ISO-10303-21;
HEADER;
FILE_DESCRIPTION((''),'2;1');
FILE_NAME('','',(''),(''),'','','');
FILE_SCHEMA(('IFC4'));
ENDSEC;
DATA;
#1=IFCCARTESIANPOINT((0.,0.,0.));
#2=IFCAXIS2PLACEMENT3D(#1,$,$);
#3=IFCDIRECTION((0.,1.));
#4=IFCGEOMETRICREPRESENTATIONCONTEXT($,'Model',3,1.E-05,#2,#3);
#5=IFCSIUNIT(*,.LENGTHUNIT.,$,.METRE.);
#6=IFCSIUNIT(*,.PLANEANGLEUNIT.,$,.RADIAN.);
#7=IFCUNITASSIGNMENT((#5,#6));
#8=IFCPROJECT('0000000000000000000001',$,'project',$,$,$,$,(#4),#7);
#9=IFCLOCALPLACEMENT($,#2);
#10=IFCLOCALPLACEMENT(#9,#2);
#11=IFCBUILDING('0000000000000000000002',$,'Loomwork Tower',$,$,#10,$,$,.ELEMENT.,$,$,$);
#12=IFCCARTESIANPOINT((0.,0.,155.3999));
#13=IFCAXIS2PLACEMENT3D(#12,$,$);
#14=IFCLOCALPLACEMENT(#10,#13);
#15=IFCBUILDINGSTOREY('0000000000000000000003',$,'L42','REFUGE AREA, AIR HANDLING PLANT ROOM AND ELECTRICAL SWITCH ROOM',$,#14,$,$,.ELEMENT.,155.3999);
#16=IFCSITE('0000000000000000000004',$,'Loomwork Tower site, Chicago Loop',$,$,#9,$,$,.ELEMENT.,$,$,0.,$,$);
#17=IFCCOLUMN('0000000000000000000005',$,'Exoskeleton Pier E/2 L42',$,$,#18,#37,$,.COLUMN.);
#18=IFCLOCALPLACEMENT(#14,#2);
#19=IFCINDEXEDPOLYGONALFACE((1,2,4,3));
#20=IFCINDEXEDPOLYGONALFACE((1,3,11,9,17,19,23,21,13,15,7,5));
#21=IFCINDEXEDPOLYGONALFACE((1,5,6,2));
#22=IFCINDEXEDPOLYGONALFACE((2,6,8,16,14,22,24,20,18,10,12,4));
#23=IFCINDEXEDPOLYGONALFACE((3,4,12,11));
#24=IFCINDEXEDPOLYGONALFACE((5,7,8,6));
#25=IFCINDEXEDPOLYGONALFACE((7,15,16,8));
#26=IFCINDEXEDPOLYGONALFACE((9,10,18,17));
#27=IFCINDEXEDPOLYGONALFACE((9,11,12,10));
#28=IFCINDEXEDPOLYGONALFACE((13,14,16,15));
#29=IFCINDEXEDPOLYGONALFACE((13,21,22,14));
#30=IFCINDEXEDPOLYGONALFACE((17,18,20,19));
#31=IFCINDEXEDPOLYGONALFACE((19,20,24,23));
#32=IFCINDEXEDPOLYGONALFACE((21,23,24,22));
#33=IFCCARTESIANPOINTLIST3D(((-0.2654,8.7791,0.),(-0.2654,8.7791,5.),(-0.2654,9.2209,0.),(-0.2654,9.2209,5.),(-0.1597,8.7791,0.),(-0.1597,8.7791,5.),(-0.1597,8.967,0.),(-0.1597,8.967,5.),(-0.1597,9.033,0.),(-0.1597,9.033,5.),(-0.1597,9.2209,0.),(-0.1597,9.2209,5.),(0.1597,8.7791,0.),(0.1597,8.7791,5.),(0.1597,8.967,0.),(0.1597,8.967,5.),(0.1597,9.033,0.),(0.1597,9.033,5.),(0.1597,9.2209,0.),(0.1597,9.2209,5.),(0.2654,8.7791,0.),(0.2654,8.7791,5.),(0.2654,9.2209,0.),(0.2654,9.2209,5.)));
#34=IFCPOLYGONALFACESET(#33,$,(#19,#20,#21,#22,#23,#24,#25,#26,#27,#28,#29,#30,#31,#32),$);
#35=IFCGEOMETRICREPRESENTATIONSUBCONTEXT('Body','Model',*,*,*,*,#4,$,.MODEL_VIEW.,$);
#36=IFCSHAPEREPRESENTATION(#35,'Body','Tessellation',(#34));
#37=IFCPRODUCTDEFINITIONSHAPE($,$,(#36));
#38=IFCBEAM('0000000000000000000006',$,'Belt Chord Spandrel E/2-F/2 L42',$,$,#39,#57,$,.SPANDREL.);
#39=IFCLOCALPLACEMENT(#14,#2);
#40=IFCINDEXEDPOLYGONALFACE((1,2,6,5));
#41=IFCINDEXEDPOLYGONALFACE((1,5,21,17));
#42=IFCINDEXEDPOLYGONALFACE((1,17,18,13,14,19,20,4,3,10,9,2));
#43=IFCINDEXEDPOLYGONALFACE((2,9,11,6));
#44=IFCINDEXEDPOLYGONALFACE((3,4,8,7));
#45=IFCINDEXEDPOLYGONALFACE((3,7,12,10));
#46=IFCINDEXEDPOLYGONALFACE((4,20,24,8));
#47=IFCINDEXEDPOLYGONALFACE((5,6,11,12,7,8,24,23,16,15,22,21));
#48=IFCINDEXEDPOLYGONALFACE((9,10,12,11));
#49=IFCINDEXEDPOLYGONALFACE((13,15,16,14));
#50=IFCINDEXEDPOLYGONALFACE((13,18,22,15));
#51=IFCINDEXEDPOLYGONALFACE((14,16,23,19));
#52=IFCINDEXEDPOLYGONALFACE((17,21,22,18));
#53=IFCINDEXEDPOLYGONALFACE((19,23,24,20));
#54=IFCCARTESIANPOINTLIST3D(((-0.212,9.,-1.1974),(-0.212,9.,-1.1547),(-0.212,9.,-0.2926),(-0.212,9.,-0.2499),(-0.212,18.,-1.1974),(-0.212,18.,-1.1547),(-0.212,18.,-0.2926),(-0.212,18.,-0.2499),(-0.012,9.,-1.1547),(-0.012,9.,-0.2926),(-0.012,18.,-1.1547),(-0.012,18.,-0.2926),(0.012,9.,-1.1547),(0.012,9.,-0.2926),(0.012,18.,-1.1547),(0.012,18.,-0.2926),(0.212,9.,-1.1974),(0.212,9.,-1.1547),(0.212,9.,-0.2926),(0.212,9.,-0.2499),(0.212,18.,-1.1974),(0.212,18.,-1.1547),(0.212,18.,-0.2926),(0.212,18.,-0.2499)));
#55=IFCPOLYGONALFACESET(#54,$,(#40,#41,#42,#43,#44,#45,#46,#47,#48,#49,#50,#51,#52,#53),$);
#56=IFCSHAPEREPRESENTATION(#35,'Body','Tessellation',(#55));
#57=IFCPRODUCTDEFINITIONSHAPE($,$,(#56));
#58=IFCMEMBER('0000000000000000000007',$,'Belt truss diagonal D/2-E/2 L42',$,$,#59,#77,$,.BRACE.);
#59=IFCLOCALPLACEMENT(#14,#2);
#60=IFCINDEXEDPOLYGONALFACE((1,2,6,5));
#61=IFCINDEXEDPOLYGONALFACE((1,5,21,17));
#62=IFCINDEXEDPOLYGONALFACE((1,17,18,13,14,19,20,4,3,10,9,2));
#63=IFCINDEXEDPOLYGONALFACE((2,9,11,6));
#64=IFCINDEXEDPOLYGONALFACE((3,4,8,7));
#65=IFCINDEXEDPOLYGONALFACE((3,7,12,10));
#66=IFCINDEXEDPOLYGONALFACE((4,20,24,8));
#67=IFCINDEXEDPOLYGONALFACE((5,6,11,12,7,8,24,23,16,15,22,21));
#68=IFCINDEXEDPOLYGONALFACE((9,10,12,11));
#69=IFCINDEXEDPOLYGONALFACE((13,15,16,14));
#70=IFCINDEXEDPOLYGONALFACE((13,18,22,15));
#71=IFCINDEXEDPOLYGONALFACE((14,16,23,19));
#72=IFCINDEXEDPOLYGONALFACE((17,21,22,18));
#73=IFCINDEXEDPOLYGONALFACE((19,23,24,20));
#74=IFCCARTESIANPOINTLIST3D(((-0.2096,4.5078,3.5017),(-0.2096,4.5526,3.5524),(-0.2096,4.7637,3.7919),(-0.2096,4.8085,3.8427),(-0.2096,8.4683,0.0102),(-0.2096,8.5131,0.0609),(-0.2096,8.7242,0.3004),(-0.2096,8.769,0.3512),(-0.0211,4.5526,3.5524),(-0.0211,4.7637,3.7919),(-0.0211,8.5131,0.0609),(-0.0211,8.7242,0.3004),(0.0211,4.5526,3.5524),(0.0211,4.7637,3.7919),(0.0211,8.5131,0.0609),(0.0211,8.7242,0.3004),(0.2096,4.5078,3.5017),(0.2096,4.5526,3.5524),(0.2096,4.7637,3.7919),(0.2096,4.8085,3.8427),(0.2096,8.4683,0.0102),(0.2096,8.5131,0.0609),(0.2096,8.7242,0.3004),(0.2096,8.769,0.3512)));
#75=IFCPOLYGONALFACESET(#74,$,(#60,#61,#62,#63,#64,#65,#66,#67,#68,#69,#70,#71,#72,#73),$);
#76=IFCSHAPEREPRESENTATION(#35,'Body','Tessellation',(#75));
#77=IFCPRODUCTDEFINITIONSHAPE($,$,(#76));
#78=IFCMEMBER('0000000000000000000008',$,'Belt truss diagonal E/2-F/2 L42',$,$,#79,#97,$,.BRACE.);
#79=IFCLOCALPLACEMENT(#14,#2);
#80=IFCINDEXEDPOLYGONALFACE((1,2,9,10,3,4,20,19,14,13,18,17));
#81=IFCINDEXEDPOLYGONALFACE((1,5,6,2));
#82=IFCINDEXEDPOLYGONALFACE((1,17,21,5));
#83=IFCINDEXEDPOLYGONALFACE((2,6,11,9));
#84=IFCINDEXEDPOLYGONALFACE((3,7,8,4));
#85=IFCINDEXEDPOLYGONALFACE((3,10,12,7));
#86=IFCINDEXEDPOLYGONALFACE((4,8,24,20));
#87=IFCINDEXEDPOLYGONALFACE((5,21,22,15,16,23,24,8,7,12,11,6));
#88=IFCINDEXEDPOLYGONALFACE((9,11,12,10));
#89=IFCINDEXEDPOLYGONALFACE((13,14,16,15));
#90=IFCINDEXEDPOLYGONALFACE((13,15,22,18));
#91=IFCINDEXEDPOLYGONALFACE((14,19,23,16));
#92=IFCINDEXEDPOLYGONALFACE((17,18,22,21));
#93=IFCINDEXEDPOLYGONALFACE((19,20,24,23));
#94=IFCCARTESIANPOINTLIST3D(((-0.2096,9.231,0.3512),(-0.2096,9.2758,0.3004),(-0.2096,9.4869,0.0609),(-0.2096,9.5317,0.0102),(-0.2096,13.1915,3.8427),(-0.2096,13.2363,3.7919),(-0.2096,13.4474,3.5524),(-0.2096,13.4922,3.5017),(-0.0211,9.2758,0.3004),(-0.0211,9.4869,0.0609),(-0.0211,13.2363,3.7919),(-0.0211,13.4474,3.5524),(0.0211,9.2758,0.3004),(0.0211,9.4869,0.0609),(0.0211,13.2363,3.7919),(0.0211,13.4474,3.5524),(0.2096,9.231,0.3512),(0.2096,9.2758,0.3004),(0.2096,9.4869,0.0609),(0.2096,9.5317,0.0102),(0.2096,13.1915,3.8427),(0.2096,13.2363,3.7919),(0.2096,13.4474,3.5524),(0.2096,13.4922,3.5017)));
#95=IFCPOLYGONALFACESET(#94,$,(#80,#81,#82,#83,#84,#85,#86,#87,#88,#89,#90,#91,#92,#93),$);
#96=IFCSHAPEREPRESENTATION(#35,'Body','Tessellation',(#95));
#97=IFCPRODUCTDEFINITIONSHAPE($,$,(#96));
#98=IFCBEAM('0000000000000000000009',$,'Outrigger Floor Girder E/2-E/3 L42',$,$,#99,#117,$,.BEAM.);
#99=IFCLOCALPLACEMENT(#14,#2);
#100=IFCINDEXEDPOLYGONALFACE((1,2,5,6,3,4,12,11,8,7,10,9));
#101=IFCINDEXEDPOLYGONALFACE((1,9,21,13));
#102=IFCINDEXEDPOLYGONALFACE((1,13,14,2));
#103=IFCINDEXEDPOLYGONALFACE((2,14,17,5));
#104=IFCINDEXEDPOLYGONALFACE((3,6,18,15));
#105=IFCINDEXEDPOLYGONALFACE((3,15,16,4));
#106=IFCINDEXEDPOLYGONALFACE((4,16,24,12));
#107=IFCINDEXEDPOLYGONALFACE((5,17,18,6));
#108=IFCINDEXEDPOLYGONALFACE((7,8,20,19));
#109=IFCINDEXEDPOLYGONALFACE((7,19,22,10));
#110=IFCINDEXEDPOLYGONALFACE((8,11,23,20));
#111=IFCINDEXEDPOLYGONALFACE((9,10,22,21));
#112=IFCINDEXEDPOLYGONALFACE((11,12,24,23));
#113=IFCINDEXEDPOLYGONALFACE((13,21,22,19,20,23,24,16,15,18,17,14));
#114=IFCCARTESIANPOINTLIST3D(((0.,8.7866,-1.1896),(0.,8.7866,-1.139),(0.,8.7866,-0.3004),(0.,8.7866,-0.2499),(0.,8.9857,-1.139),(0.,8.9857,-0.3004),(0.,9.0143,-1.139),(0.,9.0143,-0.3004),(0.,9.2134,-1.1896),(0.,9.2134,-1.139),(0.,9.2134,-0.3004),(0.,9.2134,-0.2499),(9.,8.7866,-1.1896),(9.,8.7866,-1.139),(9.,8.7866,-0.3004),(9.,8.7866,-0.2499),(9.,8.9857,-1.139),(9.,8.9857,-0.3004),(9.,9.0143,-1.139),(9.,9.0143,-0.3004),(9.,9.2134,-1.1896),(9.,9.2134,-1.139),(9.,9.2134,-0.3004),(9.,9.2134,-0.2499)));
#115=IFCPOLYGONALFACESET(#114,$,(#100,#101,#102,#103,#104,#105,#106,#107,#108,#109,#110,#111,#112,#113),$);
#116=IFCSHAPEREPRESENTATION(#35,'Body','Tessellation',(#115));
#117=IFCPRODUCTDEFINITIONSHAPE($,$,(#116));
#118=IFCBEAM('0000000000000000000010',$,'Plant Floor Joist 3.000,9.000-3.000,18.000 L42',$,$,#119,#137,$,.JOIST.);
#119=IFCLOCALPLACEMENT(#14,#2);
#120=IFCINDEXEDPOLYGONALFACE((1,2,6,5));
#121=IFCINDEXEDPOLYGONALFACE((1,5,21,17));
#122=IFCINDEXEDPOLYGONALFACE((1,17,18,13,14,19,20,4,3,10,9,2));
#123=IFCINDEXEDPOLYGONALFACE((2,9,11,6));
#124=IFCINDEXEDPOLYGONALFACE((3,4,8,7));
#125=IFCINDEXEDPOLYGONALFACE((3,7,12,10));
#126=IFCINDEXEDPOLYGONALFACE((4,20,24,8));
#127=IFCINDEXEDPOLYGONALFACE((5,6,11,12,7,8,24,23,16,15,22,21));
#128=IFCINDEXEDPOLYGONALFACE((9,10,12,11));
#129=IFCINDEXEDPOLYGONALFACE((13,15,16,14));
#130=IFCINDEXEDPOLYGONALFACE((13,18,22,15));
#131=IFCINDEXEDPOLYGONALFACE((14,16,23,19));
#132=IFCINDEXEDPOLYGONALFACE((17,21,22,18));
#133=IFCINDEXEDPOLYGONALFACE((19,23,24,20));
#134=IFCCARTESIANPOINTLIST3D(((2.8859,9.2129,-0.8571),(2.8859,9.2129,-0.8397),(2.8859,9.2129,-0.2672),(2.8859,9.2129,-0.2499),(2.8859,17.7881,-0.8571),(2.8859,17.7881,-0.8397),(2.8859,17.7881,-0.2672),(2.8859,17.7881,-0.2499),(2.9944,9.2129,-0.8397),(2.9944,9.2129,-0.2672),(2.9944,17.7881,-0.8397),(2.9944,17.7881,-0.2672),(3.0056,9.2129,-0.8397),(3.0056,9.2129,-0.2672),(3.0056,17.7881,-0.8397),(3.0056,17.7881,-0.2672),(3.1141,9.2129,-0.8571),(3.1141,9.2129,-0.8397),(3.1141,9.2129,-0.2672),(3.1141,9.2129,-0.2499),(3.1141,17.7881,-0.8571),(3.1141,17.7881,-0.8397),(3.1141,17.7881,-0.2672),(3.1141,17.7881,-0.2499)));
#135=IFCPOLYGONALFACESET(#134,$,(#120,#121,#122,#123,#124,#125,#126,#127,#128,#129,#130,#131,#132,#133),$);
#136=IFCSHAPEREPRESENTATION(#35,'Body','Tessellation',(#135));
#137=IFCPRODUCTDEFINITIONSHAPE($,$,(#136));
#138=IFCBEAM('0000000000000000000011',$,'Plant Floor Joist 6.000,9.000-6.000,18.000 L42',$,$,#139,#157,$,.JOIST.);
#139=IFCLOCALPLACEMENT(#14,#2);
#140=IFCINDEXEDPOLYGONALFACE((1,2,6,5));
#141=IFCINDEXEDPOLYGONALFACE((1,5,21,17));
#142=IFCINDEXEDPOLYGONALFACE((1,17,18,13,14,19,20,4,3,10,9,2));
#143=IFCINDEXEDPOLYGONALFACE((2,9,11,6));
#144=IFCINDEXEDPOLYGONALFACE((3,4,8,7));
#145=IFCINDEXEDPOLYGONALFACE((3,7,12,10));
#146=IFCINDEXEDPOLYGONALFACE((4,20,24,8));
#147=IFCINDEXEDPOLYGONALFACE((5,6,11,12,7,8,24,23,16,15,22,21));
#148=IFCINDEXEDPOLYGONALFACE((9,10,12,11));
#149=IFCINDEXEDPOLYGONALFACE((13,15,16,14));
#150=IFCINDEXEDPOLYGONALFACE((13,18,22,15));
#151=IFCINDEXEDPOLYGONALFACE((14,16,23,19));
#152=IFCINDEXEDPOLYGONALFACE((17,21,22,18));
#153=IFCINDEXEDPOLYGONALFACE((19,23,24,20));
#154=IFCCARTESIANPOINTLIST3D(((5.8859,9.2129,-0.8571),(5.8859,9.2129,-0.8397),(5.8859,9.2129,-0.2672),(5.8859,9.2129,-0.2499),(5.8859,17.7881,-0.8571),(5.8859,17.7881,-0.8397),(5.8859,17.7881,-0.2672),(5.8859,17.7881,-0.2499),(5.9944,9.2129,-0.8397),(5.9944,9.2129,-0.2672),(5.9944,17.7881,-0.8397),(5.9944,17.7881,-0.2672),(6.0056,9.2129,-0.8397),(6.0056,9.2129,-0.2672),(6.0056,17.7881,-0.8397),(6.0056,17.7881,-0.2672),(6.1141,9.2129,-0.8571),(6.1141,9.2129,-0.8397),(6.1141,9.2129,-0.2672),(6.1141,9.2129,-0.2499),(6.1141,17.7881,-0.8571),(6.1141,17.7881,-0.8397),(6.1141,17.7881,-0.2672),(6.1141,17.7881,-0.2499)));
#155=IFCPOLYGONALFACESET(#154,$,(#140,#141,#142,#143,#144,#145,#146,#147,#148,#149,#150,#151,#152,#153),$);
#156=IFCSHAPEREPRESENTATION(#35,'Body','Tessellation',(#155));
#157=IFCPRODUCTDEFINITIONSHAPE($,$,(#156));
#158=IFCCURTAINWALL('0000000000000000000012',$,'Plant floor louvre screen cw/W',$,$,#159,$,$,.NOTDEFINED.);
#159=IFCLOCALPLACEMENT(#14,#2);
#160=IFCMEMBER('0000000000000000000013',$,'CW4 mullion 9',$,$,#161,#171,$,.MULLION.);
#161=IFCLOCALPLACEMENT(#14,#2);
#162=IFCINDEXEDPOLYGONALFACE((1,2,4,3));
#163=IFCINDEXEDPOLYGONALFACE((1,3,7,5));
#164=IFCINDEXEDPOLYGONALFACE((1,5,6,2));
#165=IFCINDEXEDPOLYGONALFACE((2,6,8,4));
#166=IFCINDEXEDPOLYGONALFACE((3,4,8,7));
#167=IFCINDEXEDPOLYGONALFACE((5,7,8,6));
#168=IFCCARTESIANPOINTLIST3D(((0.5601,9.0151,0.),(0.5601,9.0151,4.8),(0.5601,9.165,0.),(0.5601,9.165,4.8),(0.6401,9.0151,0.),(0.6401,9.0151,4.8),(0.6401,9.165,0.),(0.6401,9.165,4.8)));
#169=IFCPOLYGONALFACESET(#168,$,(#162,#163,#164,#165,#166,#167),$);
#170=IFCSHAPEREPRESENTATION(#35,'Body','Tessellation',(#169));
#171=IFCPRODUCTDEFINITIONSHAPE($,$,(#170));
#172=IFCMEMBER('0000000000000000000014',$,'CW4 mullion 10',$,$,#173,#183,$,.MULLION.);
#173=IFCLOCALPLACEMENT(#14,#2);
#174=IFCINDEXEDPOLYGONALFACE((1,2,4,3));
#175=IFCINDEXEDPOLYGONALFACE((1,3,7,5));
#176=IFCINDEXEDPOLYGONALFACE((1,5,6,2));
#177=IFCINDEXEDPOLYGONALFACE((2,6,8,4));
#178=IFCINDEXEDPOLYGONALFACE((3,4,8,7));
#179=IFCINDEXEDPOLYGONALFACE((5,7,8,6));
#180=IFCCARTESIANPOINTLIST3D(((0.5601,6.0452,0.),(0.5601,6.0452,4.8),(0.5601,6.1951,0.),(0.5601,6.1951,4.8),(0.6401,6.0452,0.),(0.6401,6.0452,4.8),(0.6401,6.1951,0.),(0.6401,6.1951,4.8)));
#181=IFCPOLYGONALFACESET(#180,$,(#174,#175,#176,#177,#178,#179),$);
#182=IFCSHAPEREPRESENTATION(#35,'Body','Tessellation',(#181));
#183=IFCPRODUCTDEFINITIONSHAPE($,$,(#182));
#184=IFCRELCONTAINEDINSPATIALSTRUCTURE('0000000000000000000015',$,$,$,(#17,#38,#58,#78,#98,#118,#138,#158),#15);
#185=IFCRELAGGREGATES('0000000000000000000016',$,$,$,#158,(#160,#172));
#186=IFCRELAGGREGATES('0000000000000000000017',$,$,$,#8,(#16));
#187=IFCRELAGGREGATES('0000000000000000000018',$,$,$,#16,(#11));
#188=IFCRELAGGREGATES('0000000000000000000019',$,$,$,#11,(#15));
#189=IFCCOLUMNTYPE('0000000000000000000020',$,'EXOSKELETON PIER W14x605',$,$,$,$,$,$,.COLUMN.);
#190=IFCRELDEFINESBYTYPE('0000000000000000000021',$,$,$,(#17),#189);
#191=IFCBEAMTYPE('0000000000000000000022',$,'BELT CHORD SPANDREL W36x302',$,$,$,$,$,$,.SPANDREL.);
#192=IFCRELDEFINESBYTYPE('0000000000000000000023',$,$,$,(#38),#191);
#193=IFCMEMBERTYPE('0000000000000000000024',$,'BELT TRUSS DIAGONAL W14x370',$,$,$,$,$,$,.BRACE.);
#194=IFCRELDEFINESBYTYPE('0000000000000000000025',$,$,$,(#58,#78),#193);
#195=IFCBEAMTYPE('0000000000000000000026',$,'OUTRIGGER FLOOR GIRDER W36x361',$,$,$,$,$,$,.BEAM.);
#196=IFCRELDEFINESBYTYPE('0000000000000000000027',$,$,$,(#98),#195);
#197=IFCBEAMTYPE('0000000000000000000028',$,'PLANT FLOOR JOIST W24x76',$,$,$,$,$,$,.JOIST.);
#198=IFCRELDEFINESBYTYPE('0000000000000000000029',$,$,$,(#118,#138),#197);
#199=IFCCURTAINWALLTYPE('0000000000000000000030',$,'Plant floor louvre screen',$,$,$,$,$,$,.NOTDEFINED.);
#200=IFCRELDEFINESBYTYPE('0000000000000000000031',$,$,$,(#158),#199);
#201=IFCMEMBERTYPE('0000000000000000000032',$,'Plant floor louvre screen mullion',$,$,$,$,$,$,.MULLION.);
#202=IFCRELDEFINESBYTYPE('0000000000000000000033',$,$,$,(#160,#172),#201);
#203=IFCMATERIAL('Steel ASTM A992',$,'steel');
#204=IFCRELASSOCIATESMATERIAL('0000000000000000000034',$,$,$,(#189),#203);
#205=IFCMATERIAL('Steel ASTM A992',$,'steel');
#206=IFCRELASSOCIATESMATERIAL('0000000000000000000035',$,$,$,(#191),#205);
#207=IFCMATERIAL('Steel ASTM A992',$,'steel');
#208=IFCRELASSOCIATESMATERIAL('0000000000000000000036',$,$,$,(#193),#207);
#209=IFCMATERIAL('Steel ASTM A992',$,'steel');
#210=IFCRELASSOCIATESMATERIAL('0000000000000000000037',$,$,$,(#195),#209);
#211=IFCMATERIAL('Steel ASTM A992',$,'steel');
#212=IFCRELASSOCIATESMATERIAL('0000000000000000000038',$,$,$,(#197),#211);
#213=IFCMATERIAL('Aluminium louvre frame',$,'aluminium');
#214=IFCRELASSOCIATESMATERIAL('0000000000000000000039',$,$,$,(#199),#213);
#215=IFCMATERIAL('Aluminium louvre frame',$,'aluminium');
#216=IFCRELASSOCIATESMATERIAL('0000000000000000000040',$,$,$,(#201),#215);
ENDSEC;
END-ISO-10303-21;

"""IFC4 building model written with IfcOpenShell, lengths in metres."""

from ifc_helpers import new_model, si_unit, direction, frame, origin, origin_2d, place, context, subcontext, project, spatial, rectangle, i_section, extrude, material, material_profile, profile_set, type_object, element, aggregate, save


model = new_model("IFC4")

# Units and contexts
model_context = context("Model", 3, precision=1e-05, world=origin(), true_north=direction((0.0, 1.0)))
body_context = subcontext(model_context, "Body", "Model", "MODEL_VIEW")
ifc_project = project(units=[si_unit("LENGTHUNIT", "METRE"), si_unit("PLANEANGLEUNIT", "RADIAN")], contexts=[model_context])

# Site, building, storey
site_placement = place(None, origin())
site = spatial("IfcSite", under=ifc_project, at=site_placement, Name="Loomwork Tower site, Chicago Loop", CompositionType="ELEMENT", RefElevation=0.0)
building_placement = place(site_placement, origin())
building = spatial("IfcBuilding", under=site, at=building_placement, Name="Loomwork Tower", CompositionType="ELEMENT")
storey_placement = place(building_placement, frame((0.0, 0.0, 155.3999)))
storey = spatial("IfcBuildingStorey", under=building, at=storey_placement, Name="L42", Description="REFUGE AREA, AIR HANDLING PLANT ROOM AND ELECTRICAL SWITCH ROOM", CompositionType="ELEMENT", Elevation=155.3999)

# Column
ifc_material_1 = material(Name="Steel ASTM A992", Category="steel")
ifc_material_profile_1 = material_profile(ifc_material_1, i_section(OverallWidth=0.4419, OverallDepth=0.5308, WebThickness=0.0659, FlangeThickness=0.1057, at=origin_2d()), Name="W14x605")
ifc_profile_set_1 = profile_set([ifc_material_profile_1], Name="Steel ASTM A992")
column_type = type_object("IfcColumnType", Name="EXOSKELETON PIER W14x605", PredefinedType="COLUMN", material=ifc_profile_set_1)
column_placement = place(storey_placement, frame((0.0, 9.0, 0.0), z_axis=(0.0, 0.0, 1.0), x_axis=(0.0, 1.0, 0.0)))
element("IfcColumn", 1, at=column_placement, inside=storey, type_object=column_type, Name="Exoskeleton Pier E/2 L42", PredefinedType="COLUMN", context=body_context, shape_type="SweptSolid", body=[
    extrude(i_section(OverallWidth=0.4419, OverallDepth=0.5308, WebThickness=0.0659, FlangeThickness=0.1057, at=origin_2d()), origin(), (0.0, 0.0, 1.0), 5.0),
])

# Beam
ifc_material_2 = material(Name="Steel ASTM A992", Category="steel")
ifc_material_profile_2 = material_profile(ifc_material_2, i_section(OverallWidth=0.4241, OverallDepth=0.9475, WebThickness=0.0239, FlangeThickness=0.0427, at=origin_2d()), Name="W36x302")
ifc_profile_set_2 = profile_set([ifc_material_profile_2], Name="Steel ASTM A992")
beam_type_1 = type_object("IfcBeamType", Name="BELT CHORD SPANDREL W36x302", PredefinedType="SPANDREL", material=ifc_profile_set_2)
beam_1_placement = place(storey_placement, frame((0.0, 9.0, -0.7236), z_axis=(0.0, 1.0, 0.0), x_axis=(-1.0, 0.0, 0.0)))
element("IfcBeam", 2, at=beam_1_placement, inside=storey, type_object=beam_type_1, Name="Belt Chord Spandrel E/2-F/2 L42", PredefinedType="SPANDREL", context=body_context, shape_type="SweptSolid", body=[
    extrude(i_section(OverallWidth=0.4241, OverallDepth=0.9475, WebThickness=0.0239, FlangeThickness=0.0427, at=origin_2d()), origin(), (0.0, 0.0, 1.0), 9.0),
])

# Members
ifc_material_3 = material(Name="Steel ASTM A992", Category="steel")
ifc_material_profile_3 = material_profile(ifc_material_3, i_section(OverallWidth=0.4192, OverallDepth=0.4546, WebThickness=0.0422, FlangeThickness=0.0676, at=origin_2d()), Name="W14x370")
ifc_profile_set_3 = profile_set([ifc_material_profile_3], Name="Steel ASTM A992")
member_type_1 = type_object("IfcMemberType", Name="BELT TRUSS DIAGONAL W14x370", PredefinedType="BRACE", material=ifc_profile_set_3)
for number, where, z_axis, x_axis, name in (
    (3, (0.0, 8.6187, 0.1807), (0.0, -0.750125, 0.661296), (1.0, 0.0, 0.0), "Belt truss diagonal D/2-E/2 L42"),
    (4, (0.0, 9.3813, 0.1807), (0.0, 0.750125, 0.661296), (-1.0, 0.0, 0.0), "Belt truss diagonal E/2-F/2 L42"),
):
    element("IfcMember", number, at=place(storey_placement, frame(where, z_axis=z_axis, x_axis=x_axis)), inside=storey, type_object=member_type_1, Name=name, PredefinedType="BRACE", context=body_context, shape_type="SweptSolid", body=[
        extrude(i_section(OverallWidth=0.4192, OverallDepth=0.4546, WebThickness=0.0422, FlangeThickness=0.0676, at=origin_2d()), origin(), (0.0, 0.0, 1.0), 5.2798),
    ])

# Beams
ifc_material_4 = material(Name="Steel ASTM A992", Category="steel")
ifc_material_profile_4 = material_profile(ifc_material_4, i_section(OverallWidth=0.4268, OverallDepth=0.9397, WebThickness=0.0286, FlangeThickness=0.0505, at=origin_2d()), Name="W36x361")
ifc_profile_set_4 = profile_set([ifc_material_profile_4], Name="Steel ASTM A992")
beam_type_2 = type_object("IfcBeamType", Name="OUTRIGGER FLOOR GIRDER W36x361", PredefinedType="BEAM", material=ifc_profile_set_4)
beam_2_placement = place(storey_placement, frame((0.0, 9.0, -0.7197), z_axis=(1.0, 0.0, 0.0), x_axis=(0.0, 1.0, 0.0)))
element("IfcBeam", 5, at=beam_2_placement, inside=storey, type_object=beam_type_2, Name="Outrigger Floor Girder E/2-E/3 L42", PredefinedType="BEAM", context=body_context, shape_type="SweptSolid", body=[
    extrude(i_section(OverallWidth=0.4268, OverallDepth=0.9397, WebThickness=0.0286, FlangeThickness=0.0505, at=origin_2d()), origin(), (0.0, 0.0, 1.0), 9.0),
])
ifc_material_5 = material(Name="Steel ASTM A992", Category="steel")
ifc_material_profile_5 = material_profile(ifc_material_5, i_section(OverallWidth=0.2283, OverallDepth=0.6072, WebThickness=0.0112, FlangeThickness=0.0173, at=origin_2d()), Name="W24x76")
ifc_profile_set_5 = profile_set([ifc_material_profile_5], Name="Steel ASTM A992")
beam_type_3 = type_object("IfcBeamType", Name="PLANT FLOOR JOIST W24x76", PredefinedType="JOIST", material=ifc_profile_set_5)
for number, where, z_axis, x_axis, name in (
    (6, (3.0, 9.2129, -0.5535), (0.0, 1.0, 0.0), (-1.0, 0.0, 0.0), "Plant Floor Joist 3.000,9.000-3.000,18.000 L42"),
    (7, (6.0, 9.2129, -0.5535), (0.0, 1.0, 0.0), (-1.0, 0.0, 0.0), "Plant Floor Joist 6.000,9.000-6.000,18.000 L42"),
):
    element("IfcBeam", number, at=place(storey_placement, frame(where, z_axis=z_axis, x_axis=x_axis)), inside=storey, type_object=beam_type_3, Name=name, PredefinedType="JOIST", context=body_context, shape_type="SweptSolid", body=[
        extrude(i_section(OverallWidth=0.2283, OverallDepth=0.6072, WebThickness=0.0112, FlangeThickness=0.0173, at=origin_2d()), origin(), (0.0, 0.0, 1.0), 8.5752),
    ])

# Curtain wall, members
ifc_material_6 = material(Name="Aluminium louvre frame", Category="aluminium")
curtain_wall_type = type_object("IfcCurtainWallType", Name="Plant floor louvre screen", PredefinedType="NOTDEFINED", material=ifc_material_6)
curtain_wall_placement = place(storey_placement, origin())
curtain_wall = element("IfcCurtainWall", 8, at=curtain_wall_placement, inside=storey, type_object=curtain_wall_type, Name="Plant floor louvre screen cw/W", PredefinedType="NOTDEFINED")
ifc_material_7 = material(Name="Aluminium louvre frame", Category="aluminium")
ifc_material_profile_6 = material_profile(ifc_material_7, rectangle(XDim=0.0801, YDim=0.1499, at=origin_2d()), Name="AL 80x150")
ifc_profile_set_6 = profile_set([ifc_material_profile_6], Name="Aluminium louvre frame")
member_type_2 = type_object("IfcMemberType", Name="Plant floor louvre screen mullion", PredefinedType="MULLION", material=ifc_profile_set_6)
member_1_placement = place(storey_placement, frame((0.6001, 9.0901, 0.0), z_axis=(0.0, 0.0, 1.0), x_axis=(1.0, 0.0, 0.0)))
member_1 = element("IfcMember", 9, at=member_1_placement, type_object=member_type_2, Name="CW4 mullion 9", PredefinedType="MULLION", context=body_context, shape_type="SweptSolid", body=[
    extrude(rectangle(XDim=0.0801, YDim=0.1499, at=origin_2d()), origin(), (0.0, 0.0, 1.0), 4.8),
])
member_2_placement = place(storey_placement, frame((0.6001, 6.1201, 0.0), z_axis=(0.0, 0.0, 1.0), x_axis=(1.0, 0.0, 0.0)))
member_2 = element("IfcMember", 10, at=member_2_placement, type_object=member_type_2, Name="CW4 mullion 10", PredefinedType="MULLION", context=body_context, shape_type="SweptSolid", body=[
    extrude(rectangle(XDim=0.0801, YDim=0.1499, at=origin_2d()), origin(), (0.0, 0.0, 1.0), 4.8),
])
aggregate(curtain_wall, [member_1, member_2])

save(model, "model.ifc")
